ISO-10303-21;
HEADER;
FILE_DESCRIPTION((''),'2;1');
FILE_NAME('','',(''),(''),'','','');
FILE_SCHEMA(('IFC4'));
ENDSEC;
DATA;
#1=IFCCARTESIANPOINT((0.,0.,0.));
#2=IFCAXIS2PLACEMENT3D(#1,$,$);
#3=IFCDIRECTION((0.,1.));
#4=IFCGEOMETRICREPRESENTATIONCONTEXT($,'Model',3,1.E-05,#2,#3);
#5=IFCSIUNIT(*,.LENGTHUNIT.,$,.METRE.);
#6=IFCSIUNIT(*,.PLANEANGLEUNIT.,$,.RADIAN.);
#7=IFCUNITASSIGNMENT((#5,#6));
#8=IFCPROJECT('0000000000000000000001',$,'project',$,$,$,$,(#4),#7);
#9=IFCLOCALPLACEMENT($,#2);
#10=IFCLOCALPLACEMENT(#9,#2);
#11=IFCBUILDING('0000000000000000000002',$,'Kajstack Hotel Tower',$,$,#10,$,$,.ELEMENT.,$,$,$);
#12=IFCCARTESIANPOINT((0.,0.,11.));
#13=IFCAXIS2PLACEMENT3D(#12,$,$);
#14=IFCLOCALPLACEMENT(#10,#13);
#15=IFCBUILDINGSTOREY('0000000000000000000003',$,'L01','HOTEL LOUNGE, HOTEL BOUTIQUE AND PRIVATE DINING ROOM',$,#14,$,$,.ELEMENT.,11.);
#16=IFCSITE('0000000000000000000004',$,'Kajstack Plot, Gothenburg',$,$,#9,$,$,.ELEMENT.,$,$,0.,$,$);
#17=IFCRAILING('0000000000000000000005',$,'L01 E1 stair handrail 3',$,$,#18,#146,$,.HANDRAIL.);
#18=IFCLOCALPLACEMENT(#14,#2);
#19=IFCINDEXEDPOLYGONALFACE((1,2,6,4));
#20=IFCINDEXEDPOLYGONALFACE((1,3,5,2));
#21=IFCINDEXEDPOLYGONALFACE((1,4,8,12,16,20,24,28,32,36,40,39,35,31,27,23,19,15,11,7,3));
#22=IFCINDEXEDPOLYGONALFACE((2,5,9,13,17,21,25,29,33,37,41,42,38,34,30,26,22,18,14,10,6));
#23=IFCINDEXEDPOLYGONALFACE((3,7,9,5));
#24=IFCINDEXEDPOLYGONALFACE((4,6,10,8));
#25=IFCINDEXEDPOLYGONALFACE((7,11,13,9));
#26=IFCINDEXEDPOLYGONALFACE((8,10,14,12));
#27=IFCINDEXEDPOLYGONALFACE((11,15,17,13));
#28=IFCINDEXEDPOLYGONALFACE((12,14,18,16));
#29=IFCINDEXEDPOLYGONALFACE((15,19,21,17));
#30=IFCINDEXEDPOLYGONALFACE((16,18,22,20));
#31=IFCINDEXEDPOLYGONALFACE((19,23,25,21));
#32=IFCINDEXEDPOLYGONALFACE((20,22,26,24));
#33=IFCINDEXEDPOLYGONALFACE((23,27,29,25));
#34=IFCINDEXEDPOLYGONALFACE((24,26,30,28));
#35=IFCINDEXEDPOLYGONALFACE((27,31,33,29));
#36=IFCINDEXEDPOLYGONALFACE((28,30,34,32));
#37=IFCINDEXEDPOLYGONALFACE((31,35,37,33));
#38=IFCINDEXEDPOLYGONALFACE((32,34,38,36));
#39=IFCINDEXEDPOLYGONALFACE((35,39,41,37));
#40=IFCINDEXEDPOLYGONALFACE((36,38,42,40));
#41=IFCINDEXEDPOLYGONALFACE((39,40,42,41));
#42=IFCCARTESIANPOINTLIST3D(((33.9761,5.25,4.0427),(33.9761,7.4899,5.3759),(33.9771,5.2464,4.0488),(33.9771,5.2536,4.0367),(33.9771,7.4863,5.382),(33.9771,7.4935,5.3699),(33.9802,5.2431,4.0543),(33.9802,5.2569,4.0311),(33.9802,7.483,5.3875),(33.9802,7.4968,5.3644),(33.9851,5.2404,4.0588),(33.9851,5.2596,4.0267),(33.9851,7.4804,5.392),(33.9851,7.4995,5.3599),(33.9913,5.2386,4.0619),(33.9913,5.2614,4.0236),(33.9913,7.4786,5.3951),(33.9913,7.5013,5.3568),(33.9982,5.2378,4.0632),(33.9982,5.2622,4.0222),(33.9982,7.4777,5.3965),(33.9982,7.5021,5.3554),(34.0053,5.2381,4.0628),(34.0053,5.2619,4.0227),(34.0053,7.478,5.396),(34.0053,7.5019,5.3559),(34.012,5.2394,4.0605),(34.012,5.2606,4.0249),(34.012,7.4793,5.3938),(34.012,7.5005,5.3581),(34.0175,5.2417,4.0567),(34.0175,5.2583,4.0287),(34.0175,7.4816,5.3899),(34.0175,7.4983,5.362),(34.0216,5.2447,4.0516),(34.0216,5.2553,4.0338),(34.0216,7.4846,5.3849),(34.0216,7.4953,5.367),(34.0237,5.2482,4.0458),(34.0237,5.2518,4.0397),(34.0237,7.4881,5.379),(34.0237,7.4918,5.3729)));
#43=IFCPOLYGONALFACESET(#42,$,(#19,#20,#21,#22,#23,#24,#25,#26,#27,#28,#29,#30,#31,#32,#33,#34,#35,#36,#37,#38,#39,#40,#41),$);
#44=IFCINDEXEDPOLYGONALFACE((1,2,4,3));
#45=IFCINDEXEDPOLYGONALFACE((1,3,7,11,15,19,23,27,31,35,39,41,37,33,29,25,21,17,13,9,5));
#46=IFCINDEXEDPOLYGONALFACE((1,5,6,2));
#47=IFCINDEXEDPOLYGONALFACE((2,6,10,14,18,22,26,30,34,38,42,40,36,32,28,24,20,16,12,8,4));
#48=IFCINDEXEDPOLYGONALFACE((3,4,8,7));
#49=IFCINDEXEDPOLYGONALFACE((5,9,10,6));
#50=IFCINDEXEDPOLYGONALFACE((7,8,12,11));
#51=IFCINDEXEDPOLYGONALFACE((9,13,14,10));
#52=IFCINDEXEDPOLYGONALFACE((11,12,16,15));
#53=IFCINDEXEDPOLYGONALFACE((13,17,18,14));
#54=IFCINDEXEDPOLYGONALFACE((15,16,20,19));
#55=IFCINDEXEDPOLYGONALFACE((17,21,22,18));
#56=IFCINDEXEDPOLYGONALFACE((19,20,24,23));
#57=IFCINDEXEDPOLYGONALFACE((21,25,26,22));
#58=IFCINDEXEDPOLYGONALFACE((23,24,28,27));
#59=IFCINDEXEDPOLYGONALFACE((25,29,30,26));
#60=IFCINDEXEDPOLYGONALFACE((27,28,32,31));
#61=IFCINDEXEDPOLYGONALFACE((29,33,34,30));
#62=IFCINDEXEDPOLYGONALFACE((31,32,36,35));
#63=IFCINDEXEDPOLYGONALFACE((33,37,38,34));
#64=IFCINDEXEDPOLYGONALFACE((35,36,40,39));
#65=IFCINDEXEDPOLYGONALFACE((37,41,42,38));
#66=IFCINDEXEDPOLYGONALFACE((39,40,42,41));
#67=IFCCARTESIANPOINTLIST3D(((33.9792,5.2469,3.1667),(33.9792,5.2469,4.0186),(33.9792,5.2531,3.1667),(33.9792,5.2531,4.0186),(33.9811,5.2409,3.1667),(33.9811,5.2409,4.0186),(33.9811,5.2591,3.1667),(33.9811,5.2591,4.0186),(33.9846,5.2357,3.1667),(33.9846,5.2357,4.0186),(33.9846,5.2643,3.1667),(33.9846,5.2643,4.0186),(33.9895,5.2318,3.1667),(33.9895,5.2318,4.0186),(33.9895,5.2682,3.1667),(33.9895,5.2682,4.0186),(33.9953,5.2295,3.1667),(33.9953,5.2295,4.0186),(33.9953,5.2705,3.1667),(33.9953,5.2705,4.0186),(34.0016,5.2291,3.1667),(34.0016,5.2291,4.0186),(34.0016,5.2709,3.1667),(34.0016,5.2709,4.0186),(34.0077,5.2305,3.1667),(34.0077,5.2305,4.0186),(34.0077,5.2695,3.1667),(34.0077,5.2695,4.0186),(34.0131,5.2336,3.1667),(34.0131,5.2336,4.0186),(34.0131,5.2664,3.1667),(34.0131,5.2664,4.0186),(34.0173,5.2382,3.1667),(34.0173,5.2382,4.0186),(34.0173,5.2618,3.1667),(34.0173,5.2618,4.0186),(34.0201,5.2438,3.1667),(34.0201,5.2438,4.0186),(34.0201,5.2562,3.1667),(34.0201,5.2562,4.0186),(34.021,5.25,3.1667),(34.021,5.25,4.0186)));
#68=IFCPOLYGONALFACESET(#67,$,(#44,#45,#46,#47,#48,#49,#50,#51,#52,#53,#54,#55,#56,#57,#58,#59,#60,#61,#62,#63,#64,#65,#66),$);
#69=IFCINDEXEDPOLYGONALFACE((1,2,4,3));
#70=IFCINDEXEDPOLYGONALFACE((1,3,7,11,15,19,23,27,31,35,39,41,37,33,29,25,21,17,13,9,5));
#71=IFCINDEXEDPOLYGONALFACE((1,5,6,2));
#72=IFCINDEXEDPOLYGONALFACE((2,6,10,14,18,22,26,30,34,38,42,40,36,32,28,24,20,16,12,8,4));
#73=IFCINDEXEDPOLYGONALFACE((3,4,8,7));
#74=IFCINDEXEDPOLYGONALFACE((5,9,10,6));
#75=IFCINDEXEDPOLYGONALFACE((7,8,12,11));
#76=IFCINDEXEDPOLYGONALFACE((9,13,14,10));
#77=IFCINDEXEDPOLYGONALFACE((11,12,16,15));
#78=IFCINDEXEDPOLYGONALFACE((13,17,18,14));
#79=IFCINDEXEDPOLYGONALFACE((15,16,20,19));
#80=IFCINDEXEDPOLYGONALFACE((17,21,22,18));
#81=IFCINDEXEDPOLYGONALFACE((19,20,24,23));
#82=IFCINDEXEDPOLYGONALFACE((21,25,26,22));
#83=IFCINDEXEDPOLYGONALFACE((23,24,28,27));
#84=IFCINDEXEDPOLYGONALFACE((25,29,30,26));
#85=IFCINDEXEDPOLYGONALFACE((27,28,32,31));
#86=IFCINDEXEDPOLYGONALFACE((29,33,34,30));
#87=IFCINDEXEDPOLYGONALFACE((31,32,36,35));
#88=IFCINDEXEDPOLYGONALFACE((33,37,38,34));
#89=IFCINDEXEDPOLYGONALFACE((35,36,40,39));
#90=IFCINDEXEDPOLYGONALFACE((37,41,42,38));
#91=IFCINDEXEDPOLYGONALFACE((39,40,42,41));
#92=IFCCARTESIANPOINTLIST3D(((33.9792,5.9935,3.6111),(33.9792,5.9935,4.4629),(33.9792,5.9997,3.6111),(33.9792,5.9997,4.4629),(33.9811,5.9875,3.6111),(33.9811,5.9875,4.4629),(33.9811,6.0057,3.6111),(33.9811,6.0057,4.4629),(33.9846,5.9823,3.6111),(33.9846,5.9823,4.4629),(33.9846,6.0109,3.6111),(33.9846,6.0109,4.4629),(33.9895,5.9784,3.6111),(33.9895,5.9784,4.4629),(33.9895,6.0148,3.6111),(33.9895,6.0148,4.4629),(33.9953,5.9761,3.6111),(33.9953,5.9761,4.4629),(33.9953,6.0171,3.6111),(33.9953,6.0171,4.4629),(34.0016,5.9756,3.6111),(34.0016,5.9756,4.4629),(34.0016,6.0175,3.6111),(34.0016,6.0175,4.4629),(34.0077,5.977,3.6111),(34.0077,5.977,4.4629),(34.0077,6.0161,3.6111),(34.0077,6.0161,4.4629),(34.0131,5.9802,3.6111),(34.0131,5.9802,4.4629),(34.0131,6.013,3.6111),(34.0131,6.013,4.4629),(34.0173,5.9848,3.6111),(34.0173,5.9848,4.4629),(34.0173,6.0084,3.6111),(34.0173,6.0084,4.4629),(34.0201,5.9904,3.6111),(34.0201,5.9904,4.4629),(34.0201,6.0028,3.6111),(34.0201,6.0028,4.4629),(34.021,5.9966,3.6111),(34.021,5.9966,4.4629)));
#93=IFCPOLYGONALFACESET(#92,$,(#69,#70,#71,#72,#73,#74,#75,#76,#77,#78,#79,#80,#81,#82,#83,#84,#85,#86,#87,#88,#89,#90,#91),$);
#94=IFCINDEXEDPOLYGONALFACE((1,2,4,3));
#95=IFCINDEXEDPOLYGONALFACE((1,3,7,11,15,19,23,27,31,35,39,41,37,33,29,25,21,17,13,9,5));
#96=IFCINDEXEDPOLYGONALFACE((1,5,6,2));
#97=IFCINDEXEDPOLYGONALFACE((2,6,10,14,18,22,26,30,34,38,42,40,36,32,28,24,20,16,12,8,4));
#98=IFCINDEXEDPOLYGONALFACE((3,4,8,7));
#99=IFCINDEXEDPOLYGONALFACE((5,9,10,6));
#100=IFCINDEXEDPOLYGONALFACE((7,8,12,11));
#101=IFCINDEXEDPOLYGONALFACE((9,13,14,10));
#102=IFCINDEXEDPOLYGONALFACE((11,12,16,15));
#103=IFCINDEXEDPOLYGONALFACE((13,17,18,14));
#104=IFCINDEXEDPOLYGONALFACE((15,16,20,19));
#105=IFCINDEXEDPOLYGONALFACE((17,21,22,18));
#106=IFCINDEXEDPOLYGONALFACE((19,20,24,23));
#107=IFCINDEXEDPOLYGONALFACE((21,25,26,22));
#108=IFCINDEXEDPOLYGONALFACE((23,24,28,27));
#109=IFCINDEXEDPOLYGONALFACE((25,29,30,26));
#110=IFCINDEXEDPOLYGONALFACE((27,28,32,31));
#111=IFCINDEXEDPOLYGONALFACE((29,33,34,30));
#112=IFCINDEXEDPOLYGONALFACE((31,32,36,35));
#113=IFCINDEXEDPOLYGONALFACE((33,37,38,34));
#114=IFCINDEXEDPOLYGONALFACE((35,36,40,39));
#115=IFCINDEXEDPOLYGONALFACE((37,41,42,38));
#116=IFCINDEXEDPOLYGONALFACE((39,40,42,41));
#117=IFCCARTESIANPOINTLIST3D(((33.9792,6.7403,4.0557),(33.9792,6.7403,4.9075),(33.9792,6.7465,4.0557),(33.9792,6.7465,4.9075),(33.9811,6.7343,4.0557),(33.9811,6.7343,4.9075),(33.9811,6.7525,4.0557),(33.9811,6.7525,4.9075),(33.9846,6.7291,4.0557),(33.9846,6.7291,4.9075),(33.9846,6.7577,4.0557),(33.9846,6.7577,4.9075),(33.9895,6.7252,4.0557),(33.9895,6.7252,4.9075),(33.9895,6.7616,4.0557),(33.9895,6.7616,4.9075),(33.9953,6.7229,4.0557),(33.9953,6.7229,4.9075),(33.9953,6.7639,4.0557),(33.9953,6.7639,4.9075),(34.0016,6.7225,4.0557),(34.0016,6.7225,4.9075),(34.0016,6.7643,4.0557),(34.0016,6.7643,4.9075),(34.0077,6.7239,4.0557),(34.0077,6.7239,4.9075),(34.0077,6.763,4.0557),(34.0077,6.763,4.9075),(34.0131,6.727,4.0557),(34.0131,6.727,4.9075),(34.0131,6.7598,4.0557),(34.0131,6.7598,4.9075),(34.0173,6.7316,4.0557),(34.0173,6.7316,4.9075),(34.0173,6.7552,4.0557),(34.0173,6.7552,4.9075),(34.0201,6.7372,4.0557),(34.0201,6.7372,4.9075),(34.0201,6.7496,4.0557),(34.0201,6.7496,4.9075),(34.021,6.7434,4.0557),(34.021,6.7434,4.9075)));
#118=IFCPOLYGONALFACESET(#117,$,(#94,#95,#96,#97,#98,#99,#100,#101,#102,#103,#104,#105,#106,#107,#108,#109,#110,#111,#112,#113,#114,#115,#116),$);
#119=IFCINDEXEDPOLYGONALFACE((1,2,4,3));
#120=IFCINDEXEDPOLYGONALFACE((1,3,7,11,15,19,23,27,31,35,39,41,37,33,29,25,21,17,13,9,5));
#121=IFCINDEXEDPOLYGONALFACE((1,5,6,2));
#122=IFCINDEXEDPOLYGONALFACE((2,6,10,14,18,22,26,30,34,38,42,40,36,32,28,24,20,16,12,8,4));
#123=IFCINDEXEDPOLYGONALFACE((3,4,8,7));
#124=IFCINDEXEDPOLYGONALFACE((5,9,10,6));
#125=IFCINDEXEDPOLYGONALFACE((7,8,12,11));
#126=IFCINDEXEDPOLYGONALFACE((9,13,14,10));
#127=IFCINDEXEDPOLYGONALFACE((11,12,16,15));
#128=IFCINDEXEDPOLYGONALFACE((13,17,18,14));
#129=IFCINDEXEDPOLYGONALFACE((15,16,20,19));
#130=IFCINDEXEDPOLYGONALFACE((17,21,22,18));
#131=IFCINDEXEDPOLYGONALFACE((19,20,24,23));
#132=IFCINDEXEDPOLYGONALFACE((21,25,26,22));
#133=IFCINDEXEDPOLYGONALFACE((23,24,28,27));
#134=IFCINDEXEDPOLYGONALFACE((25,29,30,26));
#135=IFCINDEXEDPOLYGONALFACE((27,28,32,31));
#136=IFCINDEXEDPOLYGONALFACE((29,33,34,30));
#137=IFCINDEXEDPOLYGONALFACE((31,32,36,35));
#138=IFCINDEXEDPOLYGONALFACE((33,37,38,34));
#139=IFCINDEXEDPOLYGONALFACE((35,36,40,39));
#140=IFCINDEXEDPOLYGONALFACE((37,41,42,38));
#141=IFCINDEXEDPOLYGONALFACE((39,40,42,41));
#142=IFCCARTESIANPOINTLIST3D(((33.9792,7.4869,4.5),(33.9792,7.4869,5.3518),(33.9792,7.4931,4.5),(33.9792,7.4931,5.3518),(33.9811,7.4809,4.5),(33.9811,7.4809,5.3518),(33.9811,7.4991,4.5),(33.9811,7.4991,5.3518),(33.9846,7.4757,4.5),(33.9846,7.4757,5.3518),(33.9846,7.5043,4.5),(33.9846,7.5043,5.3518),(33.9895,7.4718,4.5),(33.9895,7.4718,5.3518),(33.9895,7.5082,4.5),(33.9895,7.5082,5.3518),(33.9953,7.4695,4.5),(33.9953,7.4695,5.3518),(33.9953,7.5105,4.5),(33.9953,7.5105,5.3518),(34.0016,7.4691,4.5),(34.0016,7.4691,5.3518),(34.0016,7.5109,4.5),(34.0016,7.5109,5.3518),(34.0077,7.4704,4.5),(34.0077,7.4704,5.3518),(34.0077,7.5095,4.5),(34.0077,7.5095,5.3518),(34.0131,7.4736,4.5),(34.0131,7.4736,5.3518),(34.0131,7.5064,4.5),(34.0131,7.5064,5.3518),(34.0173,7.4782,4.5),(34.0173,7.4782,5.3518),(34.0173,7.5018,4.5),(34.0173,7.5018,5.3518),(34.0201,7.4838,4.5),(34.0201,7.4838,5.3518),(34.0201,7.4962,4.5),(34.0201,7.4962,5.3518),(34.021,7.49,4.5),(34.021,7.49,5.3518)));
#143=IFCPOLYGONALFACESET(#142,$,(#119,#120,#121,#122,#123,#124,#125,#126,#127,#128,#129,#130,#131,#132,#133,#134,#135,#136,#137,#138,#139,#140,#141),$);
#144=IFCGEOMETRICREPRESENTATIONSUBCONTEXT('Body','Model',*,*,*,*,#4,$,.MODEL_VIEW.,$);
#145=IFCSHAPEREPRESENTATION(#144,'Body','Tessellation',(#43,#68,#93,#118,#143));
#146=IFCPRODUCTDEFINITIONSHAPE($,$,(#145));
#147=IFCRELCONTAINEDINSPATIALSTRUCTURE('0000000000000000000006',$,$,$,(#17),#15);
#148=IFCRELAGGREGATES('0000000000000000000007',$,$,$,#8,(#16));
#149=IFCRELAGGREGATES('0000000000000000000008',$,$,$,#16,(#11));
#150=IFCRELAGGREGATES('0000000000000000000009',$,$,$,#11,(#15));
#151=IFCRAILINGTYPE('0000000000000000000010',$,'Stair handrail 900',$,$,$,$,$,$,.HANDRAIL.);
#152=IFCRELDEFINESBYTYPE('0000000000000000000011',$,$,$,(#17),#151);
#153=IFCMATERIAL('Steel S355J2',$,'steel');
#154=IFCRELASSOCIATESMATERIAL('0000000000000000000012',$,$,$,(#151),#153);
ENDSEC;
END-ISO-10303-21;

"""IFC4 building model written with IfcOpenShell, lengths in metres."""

from ifc_helpers import new_model, si_unit, direction, frame, origin, origin_2d, place, context, subcontext, project, spatial, circle, extrude, material, type_object, element, save


model = new_model("IFC4")

# Units and contexts
model_context = context("Model", 3, precision=1e-05, world=origin(), true_north=direction((0.0, 1.0)))
body_context = subcontext(model_context, "Body", "Model", "MODEL_VIEW")
ifc_project = project(units=[si_unit("LENGTHUNIT", "METRE"), si_unit("PLANEANGLEUNIT", "RADIAN")], contexts=[model_context])

# Site, building, storey
site_placement = place(None, origin())
site = spatial("IfcSite", under=ifc_project, at=site_placement, Name="Kajstack Plot, Gothenburg", CompositionType="ELEMENT", RefElevation=0.0)
building_placement = place(site_placement, origin())
building = spatial("IfcBuilding", under=site, at=building_placement, Name="Kajstack Hotel Tower", CompositionType="ELEMENT")
storey_placement = place(building_placement, frame((0.0, 0.0, 11.0)))
storey = spatial("IfcBuildingStorey", under=building, at=storey_placement, Name="L01", Description="HOTEL LOUNGE, HOTEL BOUTIQUE AND PRIVATE DINING ROOM", CompositionType="ELEMENT", Elevation=11.0)

# Railing
ifc_material_1 = material(Name="Steel S355J2", Category="steel")
railing_type_1 = type_object("IfcRailingType", Name="Stair handrail 900", PredefinedType="HANDRAIL", material=ifc_material_1)
railing_1_placement = place(storey_placement, frame((34.0, 5.25, 3.1667)))
element("IfcRailing", 1, at=railing_1_placement, inside=storey, type_object=railing_type_1, Name="L01 E1 stair handrail 3", PredefinedType="HANDRAIL", context=body_context, shape_type="SweptSolid", body=[
    extrude(circle(Radius=0.0239, at=origin_2d()), frame((0.0, 0.0, 0.876), z_axis=(0.0, 0.859306, 0.511462), x_axis=(-1.0, 0.0, 0.0)), (0.0, 0.0, 1.0), 2.6067),
    extrude(circle(Radius=0.021, at=origin_2d()), origin(), (0.0, 0.0, 1.0), 0.8518),
    extrude(circle(Radius=0.021, at=origin_2d()), frame((0.0, 0.7466, 0.4443)), (0.0, 0.0, 1.0), 0.8518),
    extrude(circle(Radius=0.021, at=origin_2d()), frame((0.0, 1.4934, 0.8889)), (0.0, 0.0, 1.0), 0.8518),
    extrude(circle(Radius=0.021, at=origin_2d()), frame((0.0, 2.24, 1.3333)), (0.0, 0.0, 1.0), 0.8518),
])

save(model, "model.ifc")
